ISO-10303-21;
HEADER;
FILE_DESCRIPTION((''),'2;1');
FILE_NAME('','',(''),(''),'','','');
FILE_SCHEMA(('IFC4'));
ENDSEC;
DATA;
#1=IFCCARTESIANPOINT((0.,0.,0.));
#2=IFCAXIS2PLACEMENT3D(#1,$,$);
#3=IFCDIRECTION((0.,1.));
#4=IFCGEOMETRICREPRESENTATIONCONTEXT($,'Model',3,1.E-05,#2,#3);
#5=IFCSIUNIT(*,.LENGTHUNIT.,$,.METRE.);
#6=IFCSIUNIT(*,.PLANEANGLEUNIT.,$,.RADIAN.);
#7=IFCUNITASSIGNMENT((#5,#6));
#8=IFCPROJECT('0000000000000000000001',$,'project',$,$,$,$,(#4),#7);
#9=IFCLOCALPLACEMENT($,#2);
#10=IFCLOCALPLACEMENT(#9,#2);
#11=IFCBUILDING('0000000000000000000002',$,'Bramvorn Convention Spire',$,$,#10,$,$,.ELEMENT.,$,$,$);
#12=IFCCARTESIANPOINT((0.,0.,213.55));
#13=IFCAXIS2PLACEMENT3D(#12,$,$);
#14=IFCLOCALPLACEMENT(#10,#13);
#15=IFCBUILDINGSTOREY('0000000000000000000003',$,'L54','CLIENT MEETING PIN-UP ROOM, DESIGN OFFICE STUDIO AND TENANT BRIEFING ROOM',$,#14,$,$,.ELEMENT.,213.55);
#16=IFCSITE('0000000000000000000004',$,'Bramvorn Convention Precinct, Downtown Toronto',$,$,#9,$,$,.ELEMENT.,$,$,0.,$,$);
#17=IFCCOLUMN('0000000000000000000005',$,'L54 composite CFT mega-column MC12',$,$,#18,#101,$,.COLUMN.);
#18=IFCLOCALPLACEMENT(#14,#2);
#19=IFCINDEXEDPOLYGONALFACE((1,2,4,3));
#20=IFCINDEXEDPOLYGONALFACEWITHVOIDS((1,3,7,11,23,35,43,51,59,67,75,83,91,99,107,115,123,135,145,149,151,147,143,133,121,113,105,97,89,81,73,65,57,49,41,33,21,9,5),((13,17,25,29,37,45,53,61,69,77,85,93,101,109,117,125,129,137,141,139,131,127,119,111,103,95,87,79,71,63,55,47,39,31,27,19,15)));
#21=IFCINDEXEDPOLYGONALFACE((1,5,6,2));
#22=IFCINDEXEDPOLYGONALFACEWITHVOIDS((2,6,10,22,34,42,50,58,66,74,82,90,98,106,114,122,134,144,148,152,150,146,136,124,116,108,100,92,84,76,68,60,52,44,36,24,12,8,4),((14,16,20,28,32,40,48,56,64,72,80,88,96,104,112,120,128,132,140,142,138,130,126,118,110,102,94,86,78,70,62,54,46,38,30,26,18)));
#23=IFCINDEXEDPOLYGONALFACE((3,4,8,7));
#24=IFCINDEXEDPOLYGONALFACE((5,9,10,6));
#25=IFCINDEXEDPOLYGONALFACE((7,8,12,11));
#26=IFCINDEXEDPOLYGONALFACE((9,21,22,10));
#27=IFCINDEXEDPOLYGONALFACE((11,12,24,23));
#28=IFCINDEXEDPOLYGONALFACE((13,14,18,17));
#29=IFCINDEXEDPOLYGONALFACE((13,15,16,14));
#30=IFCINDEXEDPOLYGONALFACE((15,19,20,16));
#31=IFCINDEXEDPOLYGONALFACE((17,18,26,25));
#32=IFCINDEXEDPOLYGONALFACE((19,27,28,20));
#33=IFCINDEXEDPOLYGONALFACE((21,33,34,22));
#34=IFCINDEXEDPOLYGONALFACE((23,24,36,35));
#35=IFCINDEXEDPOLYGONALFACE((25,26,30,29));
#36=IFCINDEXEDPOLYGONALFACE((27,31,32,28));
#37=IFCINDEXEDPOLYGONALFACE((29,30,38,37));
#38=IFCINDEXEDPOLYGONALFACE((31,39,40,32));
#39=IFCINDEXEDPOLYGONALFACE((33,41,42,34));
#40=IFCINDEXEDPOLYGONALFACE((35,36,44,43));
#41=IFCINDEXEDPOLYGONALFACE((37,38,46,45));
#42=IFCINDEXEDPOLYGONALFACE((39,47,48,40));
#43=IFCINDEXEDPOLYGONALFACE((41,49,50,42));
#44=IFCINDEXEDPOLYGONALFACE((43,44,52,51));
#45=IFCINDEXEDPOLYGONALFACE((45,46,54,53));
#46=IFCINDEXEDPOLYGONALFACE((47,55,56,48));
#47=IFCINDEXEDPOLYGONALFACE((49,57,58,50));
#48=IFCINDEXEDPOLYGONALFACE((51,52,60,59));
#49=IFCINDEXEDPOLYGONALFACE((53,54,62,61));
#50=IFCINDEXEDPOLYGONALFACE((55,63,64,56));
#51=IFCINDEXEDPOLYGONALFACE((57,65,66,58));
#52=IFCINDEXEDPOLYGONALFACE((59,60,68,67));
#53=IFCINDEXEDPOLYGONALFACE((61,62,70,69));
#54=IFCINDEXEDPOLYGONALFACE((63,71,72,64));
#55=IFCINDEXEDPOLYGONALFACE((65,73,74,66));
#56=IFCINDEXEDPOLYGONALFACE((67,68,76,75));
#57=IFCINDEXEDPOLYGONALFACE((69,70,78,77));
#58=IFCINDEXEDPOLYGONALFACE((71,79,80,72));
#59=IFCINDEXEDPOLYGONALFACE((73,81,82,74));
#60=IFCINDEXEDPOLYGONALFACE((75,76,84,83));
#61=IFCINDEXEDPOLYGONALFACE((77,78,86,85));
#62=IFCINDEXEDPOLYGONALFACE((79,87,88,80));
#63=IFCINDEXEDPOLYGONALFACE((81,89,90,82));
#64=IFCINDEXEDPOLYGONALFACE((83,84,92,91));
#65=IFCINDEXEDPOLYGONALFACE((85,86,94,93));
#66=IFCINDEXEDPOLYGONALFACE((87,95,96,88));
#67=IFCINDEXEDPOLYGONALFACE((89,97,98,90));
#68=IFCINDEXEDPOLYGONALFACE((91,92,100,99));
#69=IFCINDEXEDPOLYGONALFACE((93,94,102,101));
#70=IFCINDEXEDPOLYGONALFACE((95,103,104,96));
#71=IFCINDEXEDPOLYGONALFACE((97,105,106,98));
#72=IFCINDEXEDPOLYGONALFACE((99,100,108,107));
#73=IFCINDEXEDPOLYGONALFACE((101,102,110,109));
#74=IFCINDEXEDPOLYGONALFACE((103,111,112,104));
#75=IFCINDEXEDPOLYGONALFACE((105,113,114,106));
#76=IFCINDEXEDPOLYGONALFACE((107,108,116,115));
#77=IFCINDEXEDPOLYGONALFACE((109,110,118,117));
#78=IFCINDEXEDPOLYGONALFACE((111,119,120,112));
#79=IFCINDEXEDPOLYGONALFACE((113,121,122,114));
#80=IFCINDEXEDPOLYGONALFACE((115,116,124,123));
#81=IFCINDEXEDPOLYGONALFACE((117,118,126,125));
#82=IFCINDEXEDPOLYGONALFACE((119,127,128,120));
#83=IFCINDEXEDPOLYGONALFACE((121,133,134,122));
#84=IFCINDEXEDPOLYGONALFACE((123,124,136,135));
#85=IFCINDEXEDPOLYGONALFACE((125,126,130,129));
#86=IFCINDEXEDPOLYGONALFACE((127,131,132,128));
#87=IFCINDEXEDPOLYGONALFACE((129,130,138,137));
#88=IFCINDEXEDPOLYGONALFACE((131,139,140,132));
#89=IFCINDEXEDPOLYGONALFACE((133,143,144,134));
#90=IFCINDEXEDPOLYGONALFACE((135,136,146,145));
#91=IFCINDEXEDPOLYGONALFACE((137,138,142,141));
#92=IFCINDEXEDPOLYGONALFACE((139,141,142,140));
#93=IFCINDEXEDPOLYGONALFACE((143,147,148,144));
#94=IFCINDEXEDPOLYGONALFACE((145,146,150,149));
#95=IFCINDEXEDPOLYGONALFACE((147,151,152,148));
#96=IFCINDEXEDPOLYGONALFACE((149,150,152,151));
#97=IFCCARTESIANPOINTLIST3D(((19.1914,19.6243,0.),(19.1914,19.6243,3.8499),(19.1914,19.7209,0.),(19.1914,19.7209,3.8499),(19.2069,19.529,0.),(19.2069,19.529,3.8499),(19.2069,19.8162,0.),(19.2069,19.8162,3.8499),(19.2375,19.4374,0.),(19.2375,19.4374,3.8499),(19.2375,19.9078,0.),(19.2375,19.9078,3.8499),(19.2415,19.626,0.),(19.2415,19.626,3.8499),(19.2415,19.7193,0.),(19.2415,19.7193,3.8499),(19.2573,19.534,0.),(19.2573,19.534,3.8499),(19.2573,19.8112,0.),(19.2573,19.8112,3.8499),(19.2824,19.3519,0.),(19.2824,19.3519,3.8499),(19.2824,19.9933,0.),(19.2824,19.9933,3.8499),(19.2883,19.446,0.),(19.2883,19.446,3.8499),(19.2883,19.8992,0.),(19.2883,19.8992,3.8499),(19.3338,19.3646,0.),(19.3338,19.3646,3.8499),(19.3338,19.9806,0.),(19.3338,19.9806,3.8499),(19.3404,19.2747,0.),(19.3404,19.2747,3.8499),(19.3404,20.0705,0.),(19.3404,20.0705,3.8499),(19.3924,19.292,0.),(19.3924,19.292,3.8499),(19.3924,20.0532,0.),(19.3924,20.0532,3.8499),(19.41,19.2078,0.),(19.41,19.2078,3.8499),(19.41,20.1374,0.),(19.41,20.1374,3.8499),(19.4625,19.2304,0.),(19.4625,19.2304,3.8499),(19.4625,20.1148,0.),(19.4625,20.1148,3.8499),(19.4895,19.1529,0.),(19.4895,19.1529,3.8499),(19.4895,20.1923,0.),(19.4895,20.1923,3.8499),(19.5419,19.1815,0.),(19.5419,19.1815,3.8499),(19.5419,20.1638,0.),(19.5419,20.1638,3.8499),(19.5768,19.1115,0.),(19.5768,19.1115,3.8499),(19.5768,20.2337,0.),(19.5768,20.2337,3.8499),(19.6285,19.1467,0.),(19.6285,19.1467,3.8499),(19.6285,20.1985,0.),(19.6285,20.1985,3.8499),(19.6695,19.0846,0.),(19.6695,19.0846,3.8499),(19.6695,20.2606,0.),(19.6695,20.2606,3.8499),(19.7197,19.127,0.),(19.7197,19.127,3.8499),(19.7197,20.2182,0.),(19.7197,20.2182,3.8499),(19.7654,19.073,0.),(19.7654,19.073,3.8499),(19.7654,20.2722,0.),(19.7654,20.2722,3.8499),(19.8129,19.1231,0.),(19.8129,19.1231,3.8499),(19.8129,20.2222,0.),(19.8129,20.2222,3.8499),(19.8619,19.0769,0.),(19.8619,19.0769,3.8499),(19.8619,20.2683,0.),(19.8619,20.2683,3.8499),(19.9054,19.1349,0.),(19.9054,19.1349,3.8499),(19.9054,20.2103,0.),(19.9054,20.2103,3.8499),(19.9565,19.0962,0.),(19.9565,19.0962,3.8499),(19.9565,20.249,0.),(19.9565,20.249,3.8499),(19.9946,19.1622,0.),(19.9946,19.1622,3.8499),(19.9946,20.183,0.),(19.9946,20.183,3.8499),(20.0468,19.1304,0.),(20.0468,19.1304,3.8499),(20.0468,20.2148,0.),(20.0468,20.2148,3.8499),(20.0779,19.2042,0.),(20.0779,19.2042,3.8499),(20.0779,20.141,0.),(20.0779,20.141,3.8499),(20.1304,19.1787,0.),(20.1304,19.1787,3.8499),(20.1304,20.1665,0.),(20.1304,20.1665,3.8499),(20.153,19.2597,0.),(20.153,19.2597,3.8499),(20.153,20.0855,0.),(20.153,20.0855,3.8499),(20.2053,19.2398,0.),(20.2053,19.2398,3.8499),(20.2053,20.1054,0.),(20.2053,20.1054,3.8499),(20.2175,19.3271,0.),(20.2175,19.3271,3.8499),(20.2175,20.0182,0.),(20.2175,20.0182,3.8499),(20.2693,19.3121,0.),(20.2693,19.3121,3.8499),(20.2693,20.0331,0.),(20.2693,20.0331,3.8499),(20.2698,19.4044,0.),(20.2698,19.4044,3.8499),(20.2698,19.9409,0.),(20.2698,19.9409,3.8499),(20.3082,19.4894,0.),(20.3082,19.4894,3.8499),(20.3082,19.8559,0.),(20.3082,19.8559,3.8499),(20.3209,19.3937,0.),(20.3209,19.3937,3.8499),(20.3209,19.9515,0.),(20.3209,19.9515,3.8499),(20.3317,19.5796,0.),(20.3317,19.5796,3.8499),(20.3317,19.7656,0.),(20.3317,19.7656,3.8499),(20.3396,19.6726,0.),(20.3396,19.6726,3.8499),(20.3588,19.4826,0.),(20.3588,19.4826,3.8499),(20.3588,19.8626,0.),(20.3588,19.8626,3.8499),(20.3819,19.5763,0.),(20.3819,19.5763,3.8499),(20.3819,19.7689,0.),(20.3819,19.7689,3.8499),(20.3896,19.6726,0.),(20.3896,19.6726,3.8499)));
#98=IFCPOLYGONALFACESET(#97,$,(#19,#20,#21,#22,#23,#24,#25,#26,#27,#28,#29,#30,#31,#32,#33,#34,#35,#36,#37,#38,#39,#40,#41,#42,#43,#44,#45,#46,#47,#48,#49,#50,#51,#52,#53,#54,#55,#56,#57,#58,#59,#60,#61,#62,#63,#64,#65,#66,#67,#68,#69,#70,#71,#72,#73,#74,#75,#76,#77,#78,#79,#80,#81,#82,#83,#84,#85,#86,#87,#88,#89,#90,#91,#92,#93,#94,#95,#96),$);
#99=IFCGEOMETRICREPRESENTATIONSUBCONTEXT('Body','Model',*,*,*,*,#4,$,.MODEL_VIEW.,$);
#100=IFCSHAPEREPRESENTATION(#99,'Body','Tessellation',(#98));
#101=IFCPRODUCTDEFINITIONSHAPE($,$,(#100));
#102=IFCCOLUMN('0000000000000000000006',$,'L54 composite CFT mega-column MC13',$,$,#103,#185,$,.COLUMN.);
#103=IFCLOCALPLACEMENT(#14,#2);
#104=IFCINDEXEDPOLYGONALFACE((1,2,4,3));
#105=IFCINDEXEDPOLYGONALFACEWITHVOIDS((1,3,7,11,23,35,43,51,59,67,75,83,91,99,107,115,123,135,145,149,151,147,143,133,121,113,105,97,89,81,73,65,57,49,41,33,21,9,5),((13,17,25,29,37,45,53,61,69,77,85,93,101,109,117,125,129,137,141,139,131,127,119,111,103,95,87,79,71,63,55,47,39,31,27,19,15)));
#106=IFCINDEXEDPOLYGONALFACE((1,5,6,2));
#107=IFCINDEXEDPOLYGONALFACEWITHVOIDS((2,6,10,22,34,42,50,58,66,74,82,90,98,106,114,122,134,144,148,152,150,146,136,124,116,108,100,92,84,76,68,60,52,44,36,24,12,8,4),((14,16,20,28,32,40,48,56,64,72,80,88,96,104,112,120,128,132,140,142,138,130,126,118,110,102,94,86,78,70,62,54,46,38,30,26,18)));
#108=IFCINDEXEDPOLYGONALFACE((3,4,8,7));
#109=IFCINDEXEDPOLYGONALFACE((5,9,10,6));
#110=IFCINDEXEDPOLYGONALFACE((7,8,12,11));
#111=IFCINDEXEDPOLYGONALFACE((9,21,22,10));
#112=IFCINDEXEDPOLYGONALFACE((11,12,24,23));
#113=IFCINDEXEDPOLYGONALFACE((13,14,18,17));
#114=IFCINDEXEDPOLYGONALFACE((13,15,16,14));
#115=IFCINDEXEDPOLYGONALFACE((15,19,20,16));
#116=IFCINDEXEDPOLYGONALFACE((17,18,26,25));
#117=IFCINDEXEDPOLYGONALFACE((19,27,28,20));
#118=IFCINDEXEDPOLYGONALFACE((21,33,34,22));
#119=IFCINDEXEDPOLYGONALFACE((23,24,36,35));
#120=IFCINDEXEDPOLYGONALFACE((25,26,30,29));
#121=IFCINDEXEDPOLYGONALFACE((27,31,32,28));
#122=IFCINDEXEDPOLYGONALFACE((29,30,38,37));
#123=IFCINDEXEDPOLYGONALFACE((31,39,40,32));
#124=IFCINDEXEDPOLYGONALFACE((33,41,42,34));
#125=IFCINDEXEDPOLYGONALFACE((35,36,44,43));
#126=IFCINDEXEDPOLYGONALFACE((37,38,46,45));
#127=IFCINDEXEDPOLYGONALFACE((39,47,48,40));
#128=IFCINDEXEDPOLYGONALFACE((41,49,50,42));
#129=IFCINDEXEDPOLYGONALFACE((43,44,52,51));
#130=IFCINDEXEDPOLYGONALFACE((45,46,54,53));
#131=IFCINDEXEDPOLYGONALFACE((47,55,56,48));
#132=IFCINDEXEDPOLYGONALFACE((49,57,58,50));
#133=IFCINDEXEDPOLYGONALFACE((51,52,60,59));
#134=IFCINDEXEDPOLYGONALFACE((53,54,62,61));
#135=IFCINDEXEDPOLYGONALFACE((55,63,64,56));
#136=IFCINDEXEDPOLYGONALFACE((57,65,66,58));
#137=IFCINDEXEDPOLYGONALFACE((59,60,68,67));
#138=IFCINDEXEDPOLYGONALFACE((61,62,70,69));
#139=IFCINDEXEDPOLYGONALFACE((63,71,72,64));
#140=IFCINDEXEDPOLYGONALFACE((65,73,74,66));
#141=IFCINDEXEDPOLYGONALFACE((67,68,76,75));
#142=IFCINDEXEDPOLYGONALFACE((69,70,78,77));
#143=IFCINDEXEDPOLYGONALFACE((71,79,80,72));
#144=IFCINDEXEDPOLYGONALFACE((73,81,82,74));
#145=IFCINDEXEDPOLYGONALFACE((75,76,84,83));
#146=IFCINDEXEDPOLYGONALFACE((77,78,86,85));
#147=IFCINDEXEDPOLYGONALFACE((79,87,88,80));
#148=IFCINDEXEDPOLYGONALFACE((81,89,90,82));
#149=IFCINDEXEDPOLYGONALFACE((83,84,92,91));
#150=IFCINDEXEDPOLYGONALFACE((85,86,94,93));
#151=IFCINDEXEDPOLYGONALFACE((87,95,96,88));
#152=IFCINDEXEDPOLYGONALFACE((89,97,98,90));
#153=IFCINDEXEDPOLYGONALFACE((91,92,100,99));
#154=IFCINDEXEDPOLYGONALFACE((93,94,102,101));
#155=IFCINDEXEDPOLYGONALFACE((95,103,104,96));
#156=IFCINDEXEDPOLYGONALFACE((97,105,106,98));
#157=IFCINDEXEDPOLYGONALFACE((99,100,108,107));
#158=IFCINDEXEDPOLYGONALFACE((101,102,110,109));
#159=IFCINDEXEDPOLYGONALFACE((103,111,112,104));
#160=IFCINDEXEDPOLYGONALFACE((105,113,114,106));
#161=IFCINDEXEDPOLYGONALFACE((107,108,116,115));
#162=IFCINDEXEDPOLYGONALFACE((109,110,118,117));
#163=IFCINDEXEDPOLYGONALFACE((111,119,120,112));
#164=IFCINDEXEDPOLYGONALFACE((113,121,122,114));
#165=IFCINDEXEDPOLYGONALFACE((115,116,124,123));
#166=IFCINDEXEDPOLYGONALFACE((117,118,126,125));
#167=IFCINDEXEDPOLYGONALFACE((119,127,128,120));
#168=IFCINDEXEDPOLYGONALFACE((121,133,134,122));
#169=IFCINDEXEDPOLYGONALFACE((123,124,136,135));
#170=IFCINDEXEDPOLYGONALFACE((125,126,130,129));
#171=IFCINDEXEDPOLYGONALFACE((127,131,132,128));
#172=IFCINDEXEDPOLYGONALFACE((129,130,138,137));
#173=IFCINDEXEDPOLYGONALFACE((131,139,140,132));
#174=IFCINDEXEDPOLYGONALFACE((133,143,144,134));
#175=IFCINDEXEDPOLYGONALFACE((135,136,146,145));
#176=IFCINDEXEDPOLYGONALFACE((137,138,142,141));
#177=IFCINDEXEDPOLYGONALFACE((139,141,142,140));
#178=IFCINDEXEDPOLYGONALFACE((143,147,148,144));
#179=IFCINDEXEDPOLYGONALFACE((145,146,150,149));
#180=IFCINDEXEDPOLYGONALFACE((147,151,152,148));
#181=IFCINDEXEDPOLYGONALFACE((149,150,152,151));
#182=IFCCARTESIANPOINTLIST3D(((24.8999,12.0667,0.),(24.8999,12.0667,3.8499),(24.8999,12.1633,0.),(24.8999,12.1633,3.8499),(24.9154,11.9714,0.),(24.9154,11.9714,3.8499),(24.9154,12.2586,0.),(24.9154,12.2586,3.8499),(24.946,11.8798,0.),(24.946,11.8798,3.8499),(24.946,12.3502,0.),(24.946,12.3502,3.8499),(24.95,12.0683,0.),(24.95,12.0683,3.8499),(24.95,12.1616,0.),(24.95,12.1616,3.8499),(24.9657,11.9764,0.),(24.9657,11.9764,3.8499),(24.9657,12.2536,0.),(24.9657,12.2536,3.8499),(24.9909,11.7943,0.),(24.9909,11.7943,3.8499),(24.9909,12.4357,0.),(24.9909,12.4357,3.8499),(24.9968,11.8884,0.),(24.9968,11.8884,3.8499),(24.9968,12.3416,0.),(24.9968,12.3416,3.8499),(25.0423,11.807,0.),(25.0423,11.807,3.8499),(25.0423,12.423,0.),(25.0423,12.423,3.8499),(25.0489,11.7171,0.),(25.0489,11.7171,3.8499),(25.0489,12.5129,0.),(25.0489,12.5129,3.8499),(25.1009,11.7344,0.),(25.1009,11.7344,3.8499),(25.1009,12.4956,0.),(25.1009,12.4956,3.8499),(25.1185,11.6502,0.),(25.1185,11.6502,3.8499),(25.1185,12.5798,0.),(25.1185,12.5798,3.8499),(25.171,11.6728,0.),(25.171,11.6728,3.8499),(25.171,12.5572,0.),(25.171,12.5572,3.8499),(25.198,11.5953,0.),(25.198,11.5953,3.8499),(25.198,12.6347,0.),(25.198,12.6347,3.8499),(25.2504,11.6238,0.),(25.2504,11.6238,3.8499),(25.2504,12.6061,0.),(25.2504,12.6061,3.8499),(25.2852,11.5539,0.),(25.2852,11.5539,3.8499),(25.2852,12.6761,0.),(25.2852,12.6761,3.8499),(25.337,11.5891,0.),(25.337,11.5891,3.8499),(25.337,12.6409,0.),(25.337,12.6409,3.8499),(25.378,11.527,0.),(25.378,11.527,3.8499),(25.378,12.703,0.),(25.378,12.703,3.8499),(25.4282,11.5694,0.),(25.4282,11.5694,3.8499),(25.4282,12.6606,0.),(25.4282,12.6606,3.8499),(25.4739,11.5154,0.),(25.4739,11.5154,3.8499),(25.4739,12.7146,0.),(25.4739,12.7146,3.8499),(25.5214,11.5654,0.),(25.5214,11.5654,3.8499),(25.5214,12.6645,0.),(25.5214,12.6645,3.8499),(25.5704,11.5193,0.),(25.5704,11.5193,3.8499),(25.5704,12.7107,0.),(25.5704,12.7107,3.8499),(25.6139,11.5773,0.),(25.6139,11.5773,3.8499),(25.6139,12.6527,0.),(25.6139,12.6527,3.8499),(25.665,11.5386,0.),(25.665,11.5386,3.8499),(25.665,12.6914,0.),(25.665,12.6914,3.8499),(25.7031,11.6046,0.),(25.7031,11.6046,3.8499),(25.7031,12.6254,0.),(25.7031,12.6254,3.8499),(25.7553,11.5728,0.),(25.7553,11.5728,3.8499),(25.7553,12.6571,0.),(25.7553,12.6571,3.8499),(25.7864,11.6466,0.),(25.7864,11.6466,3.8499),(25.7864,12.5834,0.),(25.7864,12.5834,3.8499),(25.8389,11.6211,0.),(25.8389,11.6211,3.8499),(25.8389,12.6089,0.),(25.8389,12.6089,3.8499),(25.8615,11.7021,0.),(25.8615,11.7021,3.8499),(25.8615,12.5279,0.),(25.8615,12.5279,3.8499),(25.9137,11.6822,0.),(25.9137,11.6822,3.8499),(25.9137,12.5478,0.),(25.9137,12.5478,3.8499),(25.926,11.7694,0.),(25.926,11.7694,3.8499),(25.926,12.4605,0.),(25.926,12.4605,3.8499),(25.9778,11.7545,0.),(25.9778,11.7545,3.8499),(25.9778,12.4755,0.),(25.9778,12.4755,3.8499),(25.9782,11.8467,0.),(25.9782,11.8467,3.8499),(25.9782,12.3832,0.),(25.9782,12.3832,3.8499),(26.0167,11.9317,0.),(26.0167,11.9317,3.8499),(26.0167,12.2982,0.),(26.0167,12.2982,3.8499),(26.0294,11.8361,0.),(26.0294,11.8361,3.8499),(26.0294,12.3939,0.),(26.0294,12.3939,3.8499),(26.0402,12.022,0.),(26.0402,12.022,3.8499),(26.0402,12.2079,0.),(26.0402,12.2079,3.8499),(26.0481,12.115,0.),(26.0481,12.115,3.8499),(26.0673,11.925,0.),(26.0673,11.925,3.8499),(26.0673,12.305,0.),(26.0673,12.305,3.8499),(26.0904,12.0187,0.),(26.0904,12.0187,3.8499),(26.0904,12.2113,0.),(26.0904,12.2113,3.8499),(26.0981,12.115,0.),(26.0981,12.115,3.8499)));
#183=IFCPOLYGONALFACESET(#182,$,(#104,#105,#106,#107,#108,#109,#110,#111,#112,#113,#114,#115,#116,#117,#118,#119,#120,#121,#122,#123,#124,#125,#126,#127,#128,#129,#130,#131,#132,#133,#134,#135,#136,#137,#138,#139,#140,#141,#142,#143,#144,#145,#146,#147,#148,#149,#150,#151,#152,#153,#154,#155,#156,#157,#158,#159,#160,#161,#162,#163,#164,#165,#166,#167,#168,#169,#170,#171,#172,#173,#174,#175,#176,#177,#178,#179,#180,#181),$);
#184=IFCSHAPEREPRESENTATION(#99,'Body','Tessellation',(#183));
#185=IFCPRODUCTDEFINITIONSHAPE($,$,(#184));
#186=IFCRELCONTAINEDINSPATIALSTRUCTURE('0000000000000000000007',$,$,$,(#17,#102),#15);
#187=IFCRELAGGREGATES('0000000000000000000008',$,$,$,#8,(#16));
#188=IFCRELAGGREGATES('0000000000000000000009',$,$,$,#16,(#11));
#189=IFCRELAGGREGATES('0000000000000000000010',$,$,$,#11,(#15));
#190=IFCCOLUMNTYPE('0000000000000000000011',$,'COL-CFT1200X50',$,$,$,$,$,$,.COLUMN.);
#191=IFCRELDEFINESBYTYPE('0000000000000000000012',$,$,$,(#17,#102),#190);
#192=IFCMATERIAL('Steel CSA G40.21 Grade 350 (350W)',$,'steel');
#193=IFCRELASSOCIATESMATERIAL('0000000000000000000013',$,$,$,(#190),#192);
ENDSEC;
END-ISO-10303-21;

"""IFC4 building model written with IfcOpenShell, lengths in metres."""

from ifc_helpers import new_model, si_unit, direction, frame, origin, origin_2d, place, context, subcontext, project, spatial, hollow_circle, extrude, material, material_profile, profile_set, type_object, element, save


model = new_model("IFC4")

# Units and contexts
model_context = context("Model", 3, precision=1e-05, world=origin(), true_north=direction((0.0, 1.0)))
body_context = subcontext(model_context, "Body", "Model", "MODEL_VIEW")
ifc_project = project(units=[si_unit("LENGTHUNIT", "METRE"), si_unit("PLANEANGLEUNIT", "RADIAN")], contexts=[model_context])

# Site, building, storey
site_placement = place(None, origin())
site = spatial("IfcSite", under=ifc_project, at=site_placement, Name="Bramvorn Convention Precinct, Downtown Toronto", CompositionType="ELEMENT", RefElevation=0.0)
building_placement = place(site_placement, origin())
building = spatial("IfcBuilding", under=site, at=building_placement, Name="Bramvorn Convention Spire", CompositionType="ELEMENT")
storey_placement = place(building_placement, frame((0.0, 0.0, 213.55)))
storey = spatial("IfcBuildingStorey", under=building, at=storey_placement, Name="L54", Description="CLIENT MEETING PIN-UP ROOM, DESIGN OFFICE STUDIO AND TENANT BRIEFING ROOM", CompositionType="ELEMENT", Elevation=213.55)

# Columns
ifc_material_1 = material(Name="Steel CSA G40.21 Grade 350 (350W)", Category="steel")
ifc_material_profile_1 = material_profile(ifc_material_1, hollow_circle(Radius=0.6001, WallThickness=0.05, at=origin_2d()))
ifc_profile_set_1 = profile_set([ifc_material_profile_1], Name="Steel CSA G40.21 Grade 350 (350W) - CFT1200X50")
column_type = type_object("IfcColumnType", Name="COL-CFT1200X50", PredefinedType="COLUMN", material=ifc_profile_set_1)
for number, where, z_axis, x_axis, name in (
    (1, (19.7896, 19.6726, 0.0), (0.0, 0.0, 1.0), (1.0, 0.0, 0.0), "L54 composite CFT mega-column MC12"),
    (2, (25.498, 12.115, 0.0), (0.0, 0.0, 1.0), (1.0, 0.0, 0.0), "L54 composite CFT mega-column MC13"),
):
    element("IfcColumn", number, at=place(storey_placement, frame(where, z_axis=z_axis, x_axis=x_axis)), inside=storey, type_object=column_type, Name=name, PredefinedType="COLUMN", context=body_context, shape_type="SweptSolid", body=[
        extrude(hollow_circle(Radius=0.6001, WallThickness=0.05, at=origin_2d()), origin(), (0.0, 0.0, 1.0), 3.8499),
    ])

save(model, "model.ifc")
